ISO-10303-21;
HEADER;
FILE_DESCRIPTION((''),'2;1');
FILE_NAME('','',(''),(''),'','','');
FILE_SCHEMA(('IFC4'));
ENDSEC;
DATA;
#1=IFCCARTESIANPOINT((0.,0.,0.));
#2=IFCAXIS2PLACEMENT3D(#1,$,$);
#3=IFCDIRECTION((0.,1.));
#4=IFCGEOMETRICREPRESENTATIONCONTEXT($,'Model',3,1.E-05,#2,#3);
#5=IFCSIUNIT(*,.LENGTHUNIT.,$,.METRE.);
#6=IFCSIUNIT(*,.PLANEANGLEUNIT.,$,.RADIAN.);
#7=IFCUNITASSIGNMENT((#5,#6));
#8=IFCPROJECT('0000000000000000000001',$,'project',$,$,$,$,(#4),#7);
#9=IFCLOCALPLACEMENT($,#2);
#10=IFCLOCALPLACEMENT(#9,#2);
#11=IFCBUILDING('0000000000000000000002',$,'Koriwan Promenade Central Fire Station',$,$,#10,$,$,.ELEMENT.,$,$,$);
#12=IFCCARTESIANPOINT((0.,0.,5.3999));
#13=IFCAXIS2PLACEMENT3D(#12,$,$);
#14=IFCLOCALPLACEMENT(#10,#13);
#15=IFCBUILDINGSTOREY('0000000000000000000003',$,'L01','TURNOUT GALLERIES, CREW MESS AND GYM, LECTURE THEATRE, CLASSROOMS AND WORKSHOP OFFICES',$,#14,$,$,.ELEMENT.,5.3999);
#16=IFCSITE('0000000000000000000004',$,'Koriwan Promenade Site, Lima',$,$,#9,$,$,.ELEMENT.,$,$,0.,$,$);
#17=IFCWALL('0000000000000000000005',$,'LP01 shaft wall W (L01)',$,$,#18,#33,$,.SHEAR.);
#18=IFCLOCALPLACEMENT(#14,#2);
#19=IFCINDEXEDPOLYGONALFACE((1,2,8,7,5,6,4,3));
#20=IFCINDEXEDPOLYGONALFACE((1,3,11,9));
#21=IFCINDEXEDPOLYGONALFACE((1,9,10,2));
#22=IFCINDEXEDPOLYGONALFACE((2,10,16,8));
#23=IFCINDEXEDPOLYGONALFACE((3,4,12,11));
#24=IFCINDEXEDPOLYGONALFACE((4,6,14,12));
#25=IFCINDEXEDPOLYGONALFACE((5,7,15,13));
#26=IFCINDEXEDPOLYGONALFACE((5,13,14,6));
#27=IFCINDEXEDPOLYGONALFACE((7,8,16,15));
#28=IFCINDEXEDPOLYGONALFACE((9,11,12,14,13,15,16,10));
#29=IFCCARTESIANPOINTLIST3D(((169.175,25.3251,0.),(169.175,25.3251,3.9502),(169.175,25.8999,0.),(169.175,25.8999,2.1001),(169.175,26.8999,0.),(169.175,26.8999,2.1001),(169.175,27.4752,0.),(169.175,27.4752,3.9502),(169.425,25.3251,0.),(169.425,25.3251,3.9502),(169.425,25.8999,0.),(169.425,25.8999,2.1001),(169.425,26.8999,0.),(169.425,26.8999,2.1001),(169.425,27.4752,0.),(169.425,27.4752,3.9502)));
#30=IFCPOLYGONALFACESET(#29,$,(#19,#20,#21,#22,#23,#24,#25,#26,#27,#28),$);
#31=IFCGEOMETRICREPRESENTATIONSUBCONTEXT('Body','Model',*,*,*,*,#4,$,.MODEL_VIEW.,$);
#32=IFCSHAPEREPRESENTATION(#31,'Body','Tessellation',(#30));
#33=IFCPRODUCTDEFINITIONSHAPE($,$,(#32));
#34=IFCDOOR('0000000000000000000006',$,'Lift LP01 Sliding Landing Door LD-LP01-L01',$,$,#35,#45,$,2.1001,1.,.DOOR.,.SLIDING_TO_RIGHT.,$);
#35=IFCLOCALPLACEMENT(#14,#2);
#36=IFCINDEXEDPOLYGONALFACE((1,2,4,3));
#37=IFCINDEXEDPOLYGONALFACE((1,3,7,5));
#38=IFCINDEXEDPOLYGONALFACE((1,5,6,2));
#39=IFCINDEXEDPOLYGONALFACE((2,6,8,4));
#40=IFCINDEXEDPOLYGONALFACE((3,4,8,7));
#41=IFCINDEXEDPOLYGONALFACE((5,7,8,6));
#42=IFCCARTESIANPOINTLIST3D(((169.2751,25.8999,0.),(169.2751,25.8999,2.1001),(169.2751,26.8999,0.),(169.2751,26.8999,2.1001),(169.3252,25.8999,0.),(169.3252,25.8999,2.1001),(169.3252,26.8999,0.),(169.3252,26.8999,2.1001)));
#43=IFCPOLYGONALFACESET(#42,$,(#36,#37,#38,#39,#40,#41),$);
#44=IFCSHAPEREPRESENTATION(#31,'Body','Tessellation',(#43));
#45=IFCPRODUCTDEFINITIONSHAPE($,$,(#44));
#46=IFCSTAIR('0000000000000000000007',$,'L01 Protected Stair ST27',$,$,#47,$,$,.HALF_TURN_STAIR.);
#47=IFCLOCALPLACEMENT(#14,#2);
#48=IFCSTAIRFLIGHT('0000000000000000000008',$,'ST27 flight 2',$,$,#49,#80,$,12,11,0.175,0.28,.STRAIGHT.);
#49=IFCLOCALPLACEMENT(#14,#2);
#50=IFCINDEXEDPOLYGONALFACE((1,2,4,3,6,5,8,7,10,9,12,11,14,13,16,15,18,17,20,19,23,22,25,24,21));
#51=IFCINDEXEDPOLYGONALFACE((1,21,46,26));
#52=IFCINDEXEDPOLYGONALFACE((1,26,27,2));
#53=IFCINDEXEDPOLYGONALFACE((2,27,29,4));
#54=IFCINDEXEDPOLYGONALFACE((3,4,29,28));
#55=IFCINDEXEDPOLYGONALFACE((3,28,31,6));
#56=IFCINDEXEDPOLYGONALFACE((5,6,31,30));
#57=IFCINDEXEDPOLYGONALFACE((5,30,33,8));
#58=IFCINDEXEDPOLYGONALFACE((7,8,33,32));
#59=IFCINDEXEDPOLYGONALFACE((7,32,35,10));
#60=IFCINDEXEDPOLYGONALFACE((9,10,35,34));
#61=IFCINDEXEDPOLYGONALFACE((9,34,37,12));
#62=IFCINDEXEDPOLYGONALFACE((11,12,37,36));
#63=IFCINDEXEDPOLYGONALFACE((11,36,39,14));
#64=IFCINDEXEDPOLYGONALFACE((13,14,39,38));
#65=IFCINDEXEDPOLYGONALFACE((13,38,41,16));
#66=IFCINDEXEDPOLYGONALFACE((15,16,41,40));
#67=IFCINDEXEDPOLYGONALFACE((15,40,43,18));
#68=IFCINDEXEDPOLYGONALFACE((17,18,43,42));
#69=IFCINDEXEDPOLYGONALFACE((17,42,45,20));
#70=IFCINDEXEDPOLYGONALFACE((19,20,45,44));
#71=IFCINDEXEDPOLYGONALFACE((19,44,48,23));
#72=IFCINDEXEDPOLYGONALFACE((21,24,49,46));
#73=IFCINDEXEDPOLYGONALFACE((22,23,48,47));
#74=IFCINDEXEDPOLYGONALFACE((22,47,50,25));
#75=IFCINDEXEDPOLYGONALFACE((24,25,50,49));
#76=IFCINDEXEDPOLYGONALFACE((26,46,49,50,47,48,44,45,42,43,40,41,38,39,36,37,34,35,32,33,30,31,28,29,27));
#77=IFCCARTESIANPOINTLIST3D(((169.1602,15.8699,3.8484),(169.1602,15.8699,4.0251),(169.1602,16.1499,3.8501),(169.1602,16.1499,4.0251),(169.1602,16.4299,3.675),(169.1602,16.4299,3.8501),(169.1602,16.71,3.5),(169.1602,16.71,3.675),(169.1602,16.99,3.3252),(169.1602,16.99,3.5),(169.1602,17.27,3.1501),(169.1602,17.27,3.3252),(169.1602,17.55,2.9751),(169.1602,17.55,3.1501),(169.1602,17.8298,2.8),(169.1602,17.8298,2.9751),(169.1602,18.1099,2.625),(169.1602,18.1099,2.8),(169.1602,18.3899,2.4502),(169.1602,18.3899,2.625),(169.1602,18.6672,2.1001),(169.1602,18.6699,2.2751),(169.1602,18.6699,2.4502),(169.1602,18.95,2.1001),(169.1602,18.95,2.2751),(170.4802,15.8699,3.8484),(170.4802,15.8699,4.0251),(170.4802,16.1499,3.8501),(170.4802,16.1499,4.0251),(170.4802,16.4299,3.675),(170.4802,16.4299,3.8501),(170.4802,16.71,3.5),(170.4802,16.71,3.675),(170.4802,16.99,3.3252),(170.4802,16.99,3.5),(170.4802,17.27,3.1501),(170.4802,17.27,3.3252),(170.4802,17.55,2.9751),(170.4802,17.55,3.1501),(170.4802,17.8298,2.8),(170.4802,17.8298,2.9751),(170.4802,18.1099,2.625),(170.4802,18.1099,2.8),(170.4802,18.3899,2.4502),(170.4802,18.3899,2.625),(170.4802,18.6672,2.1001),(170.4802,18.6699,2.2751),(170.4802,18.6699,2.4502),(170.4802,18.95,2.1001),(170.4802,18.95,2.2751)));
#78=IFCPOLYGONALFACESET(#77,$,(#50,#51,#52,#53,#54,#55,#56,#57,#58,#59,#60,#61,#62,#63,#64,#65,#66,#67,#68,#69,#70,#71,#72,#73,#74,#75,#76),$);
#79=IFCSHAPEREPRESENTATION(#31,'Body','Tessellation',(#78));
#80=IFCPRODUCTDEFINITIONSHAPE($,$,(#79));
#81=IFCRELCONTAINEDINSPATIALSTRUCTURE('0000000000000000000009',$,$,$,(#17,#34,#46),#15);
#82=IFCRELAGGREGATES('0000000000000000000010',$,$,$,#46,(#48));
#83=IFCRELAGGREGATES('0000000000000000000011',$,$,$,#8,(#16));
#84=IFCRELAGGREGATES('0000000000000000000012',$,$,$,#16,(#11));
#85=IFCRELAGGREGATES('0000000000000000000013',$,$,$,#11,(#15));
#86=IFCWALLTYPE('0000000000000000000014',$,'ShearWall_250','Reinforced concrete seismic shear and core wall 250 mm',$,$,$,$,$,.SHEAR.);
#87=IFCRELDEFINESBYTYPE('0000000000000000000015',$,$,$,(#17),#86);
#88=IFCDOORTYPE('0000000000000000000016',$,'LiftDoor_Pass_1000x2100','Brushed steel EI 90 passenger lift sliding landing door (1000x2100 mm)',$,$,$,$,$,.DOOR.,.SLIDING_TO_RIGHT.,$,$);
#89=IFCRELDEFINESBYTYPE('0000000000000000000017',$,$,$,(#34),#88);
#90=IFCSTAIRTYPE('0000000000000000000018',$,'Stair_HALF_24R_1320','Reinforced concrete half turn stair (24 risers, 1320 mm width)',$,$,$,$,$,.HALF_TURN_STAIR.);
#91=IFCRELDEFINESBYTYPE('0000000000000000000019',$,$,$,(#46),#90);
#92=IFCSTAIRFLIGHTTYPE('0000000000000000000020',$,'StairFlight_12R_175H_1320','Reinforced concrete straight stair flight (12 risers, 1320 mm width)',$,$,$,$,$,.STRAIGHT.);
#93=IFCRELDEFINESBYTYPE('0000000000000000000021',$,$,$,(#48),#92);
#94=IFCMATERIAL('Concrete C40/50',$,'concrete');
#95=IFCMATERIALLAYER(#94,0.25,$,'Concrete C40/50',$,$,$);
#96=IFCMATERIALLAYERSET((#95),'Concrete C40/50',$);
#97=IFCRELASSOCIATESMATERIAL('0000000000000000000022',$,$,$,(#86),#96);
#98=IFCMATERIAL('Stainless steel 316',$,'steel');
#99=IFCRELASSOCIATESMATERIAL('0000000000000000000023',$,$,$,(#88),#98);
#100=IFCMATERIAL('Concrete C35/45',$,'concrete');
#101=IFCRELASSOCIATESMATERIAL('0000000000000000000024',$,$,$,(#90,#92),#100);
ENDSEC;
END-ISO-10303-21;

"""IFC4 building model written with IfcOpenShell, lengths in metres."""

from ifc_helpers import new_model, si_unit, direction, frame, frame_2d, origin, place, context, subcontext, project, spatial, polyline, rectangle, outline, extrude, material, layer, layer_set, type_object, element, fill, aggregate, save


model = new_model("IFC4")

# Units and contexts
model_context = context("Model", 3, precision=1e-05, world=origin(), true_north=direction((0.0, 1.0)))
body_context = subcontext(model_context, "Body", "Model", "MODEL_VIEW")
ifc_project = project(units=[si_unit("LENGTHUNIT", "METRE"), si_unit("PLANEANGLEUNIT", "RADIAN")], contexts=[model_context])

# Site, building, storey
site_placement = place(None, origin())
site = spatial("IfcSite", under=ifc_project, at=site_placement, Name="Koriwan Promenade Site, Lima", CompositionType="ELEMENT", RefElevation=0.0)
building_placement = place(site_placement, origin())
building = spatial("IfcBuilding", under=site, at=building_placement, Name="Koriwan Promenade Central Fire Station", CompositionType="ELEMENT")
storey_placement = place(building_placement, frame((0.0, 0.0, 5.3999)))
storey = spatial("IfcBuildingStorey", under=building, at=storey_placement, Name="L01", Description="TURNOUT GALLERIES, CREW MESS AND GYM, LECTURE THEATRE, CLASSROOMS AND WORKSHOP OFFICES", CompositionType="ELEMENT", Elevation=5.3999)

# Shared definitions
ifc_material_1 = material(Name="Concrete C40/50", Category="concrete")

# Shared definitions
ifc_material_2 = material(Name="Concrete C35/45", Category="concrete")

# Shared definitions
ifc_layer_1 = layer(ifc_material_1, 0.25, Name="Concrete C40/50")
ifc_layer_set_1 = layer_set([ifc_layer_1], Name="Concrete C40/50")
wall_type_1 = type_object("IfcWallType", Name="ShearWall_250", Description="Reinforced concrete seismic shear and core wall 250 mm", PredefinedType="SHEAR", material=ifc_layer_set_1)

# Wall, opening, door
wall_1_placement = place(storey_placement, frame((169.3, 25.325, 0.0), z_axis=(0.0, 0.0, 1.0), x_axis=(0.0, 1.0, 0.0)))
wall_1 = element("IfcWall", 1, at=wall_1_placement, inside=storey, type_object=wall_type_1, Name="LP01 shaft wall W (L01)", PredefinedType="SHEAR", context=body_context, shape_type="SweptSolid", body=[
    extrude(rectangle(XDim=2.1501, YDim=0.25, at=frame_2d((1.0752, 0.0))), origin(), (0.0, 0.0, 1.0), 3.9502),
])
opening_1_placement = place(wall_1_placement, frame((0.575, 0.0, 0.0)))
opening_1 = element("IfcOpeningElement", 2, at=opening_1_placement, cuts=wall_1, PredefinedType="OPENING", context=body_context, shape_type="SweptSolid", body=[
    extrude(rectangle(XDim=1.0, YDim=2.1001, at=frame_2d((0.5, 1.05))), frame((0.0, 0.137, 0.0), z_axis=(0.0, -1.0, 0.0), x_axis=(1.0, 0.0, 0.0)), (0.0, 0.0, 1.0), 0.2739),
])
ifc_material_3 = material(Name="Stainless steel 316", Category="steel")
door_type_1 = type_object("IfcDoorType", Name="LiftDoor_Pass_1000x2100", Description="Brushed steel EI 90 passenger lift sliding landing door (1000x2100 mm)", OperationType="SLIDING_TO_RIGHT", PredefinedType="DOOR", material=ifc_material_3)
door_1_placement = place(opening_1_placement, origin())
door_1 = element("IfcDoor", 3, at=door_1_placement, inside=storey, type_object=door_type_1, Name="Lift LP01 Sliding Landing Door LD-LP01-L01", OperationType="SLIDING_TO_RIGHT", OverallHeight=2.1001, OverallWidth=1.0, PredefinedType="DOOR", context=body_context, shape_type="SweptSolid", body=[
    extrude(rectangle(XDim=1.0, YDim=2.1001, at=frame_2d((0.5, 1.05))), frame((0.0, 0.0249, 0.0), z_axis=(0.0, -1.0, 0.0), x_axis=(1.0, 0.0, 0.0)), (0.0, 0.0, 1.0), 0.05),
])
fill(opening_1, door_1)

# Stair, stair flight
stair_type = type_object("IfcStairType", Name="Stair_HALF_24R_1320", Description="Reinforced concrete half turn stair (24 risers, 1320 mm width)", PredefinedType="HALF_TURN_STAIR", material=ifc_material_2)
stair_placement = place(storey_placement, origin())
stair = element("IfcStair", 4, at=stair_placement, inside=storey, type_object=stair_type, Name="L01 Protected Stair ST27", PredefinedType="HALF_TURN_STAIR")
stair_flight_type = type_object("IfcStairFlightType", Name="StairFlight_12R_175H_1320", Description="Reinforced concrete straight stair flight (12 risers, 1320 mm width)", PredefinedType="STRAIGHT", material=ifc_material_2)
stair_flight_placement = place(storey_placement, frame((169.8201, 18.95, 2.1001), z_axis=(0.0, 0.0, 1.0), x_axis=(0.0, -1.0, 0.0)))
stair_flight = element("IfcStairFlight", 5, at=stair_flight_placement, type_object=stair_flight_type, Name="ST27 flight 2", NumberOfRisers=12, NumberOfTreads=11, PredefinedType="STRAIGHT", RiserHeight=0.175, TreadLength=0.28, context=body_context, shape_type="SweptSolid", body=[
    extrude(outline(polyline([(0.0, 0.0), (0.0, 0.175), (0.28, 0.175), (0.28, 0.3501), (0.5601, 0.3501), (0.5601, 0.5249), (0.8401, 0.5249), (0.8401, 0.7), (1.1201, 0.7), (1.1201, 0.875), (1.3999, 0.875), (1.3999, 1.05), (1.6799, 1.05), (1.6799, 1.2251), (1.96, 1.2251), (1.96, 1.3999), (2.24, 1.3999), (2.24, 1.575), (2.52, 1.575), (2.52, 1.75), (2.8, 1.75), (2.8, 1.925), (3.0801, 1.925), (3.0801, 2.1001), (3.0801, 1.7483), (0.2827, 0.0), (0.0, 0.0)])), frame((0.0, 0.6602, 0.0), z_axis=(0.0, -1.0, 0.0), x_axis=(1.0, 0.0, 0.0)), (0.0, 0.0, 1.0), 1.3201),
])
aggregate(stair, [stair_flight])

save(model, "model.ifc")
